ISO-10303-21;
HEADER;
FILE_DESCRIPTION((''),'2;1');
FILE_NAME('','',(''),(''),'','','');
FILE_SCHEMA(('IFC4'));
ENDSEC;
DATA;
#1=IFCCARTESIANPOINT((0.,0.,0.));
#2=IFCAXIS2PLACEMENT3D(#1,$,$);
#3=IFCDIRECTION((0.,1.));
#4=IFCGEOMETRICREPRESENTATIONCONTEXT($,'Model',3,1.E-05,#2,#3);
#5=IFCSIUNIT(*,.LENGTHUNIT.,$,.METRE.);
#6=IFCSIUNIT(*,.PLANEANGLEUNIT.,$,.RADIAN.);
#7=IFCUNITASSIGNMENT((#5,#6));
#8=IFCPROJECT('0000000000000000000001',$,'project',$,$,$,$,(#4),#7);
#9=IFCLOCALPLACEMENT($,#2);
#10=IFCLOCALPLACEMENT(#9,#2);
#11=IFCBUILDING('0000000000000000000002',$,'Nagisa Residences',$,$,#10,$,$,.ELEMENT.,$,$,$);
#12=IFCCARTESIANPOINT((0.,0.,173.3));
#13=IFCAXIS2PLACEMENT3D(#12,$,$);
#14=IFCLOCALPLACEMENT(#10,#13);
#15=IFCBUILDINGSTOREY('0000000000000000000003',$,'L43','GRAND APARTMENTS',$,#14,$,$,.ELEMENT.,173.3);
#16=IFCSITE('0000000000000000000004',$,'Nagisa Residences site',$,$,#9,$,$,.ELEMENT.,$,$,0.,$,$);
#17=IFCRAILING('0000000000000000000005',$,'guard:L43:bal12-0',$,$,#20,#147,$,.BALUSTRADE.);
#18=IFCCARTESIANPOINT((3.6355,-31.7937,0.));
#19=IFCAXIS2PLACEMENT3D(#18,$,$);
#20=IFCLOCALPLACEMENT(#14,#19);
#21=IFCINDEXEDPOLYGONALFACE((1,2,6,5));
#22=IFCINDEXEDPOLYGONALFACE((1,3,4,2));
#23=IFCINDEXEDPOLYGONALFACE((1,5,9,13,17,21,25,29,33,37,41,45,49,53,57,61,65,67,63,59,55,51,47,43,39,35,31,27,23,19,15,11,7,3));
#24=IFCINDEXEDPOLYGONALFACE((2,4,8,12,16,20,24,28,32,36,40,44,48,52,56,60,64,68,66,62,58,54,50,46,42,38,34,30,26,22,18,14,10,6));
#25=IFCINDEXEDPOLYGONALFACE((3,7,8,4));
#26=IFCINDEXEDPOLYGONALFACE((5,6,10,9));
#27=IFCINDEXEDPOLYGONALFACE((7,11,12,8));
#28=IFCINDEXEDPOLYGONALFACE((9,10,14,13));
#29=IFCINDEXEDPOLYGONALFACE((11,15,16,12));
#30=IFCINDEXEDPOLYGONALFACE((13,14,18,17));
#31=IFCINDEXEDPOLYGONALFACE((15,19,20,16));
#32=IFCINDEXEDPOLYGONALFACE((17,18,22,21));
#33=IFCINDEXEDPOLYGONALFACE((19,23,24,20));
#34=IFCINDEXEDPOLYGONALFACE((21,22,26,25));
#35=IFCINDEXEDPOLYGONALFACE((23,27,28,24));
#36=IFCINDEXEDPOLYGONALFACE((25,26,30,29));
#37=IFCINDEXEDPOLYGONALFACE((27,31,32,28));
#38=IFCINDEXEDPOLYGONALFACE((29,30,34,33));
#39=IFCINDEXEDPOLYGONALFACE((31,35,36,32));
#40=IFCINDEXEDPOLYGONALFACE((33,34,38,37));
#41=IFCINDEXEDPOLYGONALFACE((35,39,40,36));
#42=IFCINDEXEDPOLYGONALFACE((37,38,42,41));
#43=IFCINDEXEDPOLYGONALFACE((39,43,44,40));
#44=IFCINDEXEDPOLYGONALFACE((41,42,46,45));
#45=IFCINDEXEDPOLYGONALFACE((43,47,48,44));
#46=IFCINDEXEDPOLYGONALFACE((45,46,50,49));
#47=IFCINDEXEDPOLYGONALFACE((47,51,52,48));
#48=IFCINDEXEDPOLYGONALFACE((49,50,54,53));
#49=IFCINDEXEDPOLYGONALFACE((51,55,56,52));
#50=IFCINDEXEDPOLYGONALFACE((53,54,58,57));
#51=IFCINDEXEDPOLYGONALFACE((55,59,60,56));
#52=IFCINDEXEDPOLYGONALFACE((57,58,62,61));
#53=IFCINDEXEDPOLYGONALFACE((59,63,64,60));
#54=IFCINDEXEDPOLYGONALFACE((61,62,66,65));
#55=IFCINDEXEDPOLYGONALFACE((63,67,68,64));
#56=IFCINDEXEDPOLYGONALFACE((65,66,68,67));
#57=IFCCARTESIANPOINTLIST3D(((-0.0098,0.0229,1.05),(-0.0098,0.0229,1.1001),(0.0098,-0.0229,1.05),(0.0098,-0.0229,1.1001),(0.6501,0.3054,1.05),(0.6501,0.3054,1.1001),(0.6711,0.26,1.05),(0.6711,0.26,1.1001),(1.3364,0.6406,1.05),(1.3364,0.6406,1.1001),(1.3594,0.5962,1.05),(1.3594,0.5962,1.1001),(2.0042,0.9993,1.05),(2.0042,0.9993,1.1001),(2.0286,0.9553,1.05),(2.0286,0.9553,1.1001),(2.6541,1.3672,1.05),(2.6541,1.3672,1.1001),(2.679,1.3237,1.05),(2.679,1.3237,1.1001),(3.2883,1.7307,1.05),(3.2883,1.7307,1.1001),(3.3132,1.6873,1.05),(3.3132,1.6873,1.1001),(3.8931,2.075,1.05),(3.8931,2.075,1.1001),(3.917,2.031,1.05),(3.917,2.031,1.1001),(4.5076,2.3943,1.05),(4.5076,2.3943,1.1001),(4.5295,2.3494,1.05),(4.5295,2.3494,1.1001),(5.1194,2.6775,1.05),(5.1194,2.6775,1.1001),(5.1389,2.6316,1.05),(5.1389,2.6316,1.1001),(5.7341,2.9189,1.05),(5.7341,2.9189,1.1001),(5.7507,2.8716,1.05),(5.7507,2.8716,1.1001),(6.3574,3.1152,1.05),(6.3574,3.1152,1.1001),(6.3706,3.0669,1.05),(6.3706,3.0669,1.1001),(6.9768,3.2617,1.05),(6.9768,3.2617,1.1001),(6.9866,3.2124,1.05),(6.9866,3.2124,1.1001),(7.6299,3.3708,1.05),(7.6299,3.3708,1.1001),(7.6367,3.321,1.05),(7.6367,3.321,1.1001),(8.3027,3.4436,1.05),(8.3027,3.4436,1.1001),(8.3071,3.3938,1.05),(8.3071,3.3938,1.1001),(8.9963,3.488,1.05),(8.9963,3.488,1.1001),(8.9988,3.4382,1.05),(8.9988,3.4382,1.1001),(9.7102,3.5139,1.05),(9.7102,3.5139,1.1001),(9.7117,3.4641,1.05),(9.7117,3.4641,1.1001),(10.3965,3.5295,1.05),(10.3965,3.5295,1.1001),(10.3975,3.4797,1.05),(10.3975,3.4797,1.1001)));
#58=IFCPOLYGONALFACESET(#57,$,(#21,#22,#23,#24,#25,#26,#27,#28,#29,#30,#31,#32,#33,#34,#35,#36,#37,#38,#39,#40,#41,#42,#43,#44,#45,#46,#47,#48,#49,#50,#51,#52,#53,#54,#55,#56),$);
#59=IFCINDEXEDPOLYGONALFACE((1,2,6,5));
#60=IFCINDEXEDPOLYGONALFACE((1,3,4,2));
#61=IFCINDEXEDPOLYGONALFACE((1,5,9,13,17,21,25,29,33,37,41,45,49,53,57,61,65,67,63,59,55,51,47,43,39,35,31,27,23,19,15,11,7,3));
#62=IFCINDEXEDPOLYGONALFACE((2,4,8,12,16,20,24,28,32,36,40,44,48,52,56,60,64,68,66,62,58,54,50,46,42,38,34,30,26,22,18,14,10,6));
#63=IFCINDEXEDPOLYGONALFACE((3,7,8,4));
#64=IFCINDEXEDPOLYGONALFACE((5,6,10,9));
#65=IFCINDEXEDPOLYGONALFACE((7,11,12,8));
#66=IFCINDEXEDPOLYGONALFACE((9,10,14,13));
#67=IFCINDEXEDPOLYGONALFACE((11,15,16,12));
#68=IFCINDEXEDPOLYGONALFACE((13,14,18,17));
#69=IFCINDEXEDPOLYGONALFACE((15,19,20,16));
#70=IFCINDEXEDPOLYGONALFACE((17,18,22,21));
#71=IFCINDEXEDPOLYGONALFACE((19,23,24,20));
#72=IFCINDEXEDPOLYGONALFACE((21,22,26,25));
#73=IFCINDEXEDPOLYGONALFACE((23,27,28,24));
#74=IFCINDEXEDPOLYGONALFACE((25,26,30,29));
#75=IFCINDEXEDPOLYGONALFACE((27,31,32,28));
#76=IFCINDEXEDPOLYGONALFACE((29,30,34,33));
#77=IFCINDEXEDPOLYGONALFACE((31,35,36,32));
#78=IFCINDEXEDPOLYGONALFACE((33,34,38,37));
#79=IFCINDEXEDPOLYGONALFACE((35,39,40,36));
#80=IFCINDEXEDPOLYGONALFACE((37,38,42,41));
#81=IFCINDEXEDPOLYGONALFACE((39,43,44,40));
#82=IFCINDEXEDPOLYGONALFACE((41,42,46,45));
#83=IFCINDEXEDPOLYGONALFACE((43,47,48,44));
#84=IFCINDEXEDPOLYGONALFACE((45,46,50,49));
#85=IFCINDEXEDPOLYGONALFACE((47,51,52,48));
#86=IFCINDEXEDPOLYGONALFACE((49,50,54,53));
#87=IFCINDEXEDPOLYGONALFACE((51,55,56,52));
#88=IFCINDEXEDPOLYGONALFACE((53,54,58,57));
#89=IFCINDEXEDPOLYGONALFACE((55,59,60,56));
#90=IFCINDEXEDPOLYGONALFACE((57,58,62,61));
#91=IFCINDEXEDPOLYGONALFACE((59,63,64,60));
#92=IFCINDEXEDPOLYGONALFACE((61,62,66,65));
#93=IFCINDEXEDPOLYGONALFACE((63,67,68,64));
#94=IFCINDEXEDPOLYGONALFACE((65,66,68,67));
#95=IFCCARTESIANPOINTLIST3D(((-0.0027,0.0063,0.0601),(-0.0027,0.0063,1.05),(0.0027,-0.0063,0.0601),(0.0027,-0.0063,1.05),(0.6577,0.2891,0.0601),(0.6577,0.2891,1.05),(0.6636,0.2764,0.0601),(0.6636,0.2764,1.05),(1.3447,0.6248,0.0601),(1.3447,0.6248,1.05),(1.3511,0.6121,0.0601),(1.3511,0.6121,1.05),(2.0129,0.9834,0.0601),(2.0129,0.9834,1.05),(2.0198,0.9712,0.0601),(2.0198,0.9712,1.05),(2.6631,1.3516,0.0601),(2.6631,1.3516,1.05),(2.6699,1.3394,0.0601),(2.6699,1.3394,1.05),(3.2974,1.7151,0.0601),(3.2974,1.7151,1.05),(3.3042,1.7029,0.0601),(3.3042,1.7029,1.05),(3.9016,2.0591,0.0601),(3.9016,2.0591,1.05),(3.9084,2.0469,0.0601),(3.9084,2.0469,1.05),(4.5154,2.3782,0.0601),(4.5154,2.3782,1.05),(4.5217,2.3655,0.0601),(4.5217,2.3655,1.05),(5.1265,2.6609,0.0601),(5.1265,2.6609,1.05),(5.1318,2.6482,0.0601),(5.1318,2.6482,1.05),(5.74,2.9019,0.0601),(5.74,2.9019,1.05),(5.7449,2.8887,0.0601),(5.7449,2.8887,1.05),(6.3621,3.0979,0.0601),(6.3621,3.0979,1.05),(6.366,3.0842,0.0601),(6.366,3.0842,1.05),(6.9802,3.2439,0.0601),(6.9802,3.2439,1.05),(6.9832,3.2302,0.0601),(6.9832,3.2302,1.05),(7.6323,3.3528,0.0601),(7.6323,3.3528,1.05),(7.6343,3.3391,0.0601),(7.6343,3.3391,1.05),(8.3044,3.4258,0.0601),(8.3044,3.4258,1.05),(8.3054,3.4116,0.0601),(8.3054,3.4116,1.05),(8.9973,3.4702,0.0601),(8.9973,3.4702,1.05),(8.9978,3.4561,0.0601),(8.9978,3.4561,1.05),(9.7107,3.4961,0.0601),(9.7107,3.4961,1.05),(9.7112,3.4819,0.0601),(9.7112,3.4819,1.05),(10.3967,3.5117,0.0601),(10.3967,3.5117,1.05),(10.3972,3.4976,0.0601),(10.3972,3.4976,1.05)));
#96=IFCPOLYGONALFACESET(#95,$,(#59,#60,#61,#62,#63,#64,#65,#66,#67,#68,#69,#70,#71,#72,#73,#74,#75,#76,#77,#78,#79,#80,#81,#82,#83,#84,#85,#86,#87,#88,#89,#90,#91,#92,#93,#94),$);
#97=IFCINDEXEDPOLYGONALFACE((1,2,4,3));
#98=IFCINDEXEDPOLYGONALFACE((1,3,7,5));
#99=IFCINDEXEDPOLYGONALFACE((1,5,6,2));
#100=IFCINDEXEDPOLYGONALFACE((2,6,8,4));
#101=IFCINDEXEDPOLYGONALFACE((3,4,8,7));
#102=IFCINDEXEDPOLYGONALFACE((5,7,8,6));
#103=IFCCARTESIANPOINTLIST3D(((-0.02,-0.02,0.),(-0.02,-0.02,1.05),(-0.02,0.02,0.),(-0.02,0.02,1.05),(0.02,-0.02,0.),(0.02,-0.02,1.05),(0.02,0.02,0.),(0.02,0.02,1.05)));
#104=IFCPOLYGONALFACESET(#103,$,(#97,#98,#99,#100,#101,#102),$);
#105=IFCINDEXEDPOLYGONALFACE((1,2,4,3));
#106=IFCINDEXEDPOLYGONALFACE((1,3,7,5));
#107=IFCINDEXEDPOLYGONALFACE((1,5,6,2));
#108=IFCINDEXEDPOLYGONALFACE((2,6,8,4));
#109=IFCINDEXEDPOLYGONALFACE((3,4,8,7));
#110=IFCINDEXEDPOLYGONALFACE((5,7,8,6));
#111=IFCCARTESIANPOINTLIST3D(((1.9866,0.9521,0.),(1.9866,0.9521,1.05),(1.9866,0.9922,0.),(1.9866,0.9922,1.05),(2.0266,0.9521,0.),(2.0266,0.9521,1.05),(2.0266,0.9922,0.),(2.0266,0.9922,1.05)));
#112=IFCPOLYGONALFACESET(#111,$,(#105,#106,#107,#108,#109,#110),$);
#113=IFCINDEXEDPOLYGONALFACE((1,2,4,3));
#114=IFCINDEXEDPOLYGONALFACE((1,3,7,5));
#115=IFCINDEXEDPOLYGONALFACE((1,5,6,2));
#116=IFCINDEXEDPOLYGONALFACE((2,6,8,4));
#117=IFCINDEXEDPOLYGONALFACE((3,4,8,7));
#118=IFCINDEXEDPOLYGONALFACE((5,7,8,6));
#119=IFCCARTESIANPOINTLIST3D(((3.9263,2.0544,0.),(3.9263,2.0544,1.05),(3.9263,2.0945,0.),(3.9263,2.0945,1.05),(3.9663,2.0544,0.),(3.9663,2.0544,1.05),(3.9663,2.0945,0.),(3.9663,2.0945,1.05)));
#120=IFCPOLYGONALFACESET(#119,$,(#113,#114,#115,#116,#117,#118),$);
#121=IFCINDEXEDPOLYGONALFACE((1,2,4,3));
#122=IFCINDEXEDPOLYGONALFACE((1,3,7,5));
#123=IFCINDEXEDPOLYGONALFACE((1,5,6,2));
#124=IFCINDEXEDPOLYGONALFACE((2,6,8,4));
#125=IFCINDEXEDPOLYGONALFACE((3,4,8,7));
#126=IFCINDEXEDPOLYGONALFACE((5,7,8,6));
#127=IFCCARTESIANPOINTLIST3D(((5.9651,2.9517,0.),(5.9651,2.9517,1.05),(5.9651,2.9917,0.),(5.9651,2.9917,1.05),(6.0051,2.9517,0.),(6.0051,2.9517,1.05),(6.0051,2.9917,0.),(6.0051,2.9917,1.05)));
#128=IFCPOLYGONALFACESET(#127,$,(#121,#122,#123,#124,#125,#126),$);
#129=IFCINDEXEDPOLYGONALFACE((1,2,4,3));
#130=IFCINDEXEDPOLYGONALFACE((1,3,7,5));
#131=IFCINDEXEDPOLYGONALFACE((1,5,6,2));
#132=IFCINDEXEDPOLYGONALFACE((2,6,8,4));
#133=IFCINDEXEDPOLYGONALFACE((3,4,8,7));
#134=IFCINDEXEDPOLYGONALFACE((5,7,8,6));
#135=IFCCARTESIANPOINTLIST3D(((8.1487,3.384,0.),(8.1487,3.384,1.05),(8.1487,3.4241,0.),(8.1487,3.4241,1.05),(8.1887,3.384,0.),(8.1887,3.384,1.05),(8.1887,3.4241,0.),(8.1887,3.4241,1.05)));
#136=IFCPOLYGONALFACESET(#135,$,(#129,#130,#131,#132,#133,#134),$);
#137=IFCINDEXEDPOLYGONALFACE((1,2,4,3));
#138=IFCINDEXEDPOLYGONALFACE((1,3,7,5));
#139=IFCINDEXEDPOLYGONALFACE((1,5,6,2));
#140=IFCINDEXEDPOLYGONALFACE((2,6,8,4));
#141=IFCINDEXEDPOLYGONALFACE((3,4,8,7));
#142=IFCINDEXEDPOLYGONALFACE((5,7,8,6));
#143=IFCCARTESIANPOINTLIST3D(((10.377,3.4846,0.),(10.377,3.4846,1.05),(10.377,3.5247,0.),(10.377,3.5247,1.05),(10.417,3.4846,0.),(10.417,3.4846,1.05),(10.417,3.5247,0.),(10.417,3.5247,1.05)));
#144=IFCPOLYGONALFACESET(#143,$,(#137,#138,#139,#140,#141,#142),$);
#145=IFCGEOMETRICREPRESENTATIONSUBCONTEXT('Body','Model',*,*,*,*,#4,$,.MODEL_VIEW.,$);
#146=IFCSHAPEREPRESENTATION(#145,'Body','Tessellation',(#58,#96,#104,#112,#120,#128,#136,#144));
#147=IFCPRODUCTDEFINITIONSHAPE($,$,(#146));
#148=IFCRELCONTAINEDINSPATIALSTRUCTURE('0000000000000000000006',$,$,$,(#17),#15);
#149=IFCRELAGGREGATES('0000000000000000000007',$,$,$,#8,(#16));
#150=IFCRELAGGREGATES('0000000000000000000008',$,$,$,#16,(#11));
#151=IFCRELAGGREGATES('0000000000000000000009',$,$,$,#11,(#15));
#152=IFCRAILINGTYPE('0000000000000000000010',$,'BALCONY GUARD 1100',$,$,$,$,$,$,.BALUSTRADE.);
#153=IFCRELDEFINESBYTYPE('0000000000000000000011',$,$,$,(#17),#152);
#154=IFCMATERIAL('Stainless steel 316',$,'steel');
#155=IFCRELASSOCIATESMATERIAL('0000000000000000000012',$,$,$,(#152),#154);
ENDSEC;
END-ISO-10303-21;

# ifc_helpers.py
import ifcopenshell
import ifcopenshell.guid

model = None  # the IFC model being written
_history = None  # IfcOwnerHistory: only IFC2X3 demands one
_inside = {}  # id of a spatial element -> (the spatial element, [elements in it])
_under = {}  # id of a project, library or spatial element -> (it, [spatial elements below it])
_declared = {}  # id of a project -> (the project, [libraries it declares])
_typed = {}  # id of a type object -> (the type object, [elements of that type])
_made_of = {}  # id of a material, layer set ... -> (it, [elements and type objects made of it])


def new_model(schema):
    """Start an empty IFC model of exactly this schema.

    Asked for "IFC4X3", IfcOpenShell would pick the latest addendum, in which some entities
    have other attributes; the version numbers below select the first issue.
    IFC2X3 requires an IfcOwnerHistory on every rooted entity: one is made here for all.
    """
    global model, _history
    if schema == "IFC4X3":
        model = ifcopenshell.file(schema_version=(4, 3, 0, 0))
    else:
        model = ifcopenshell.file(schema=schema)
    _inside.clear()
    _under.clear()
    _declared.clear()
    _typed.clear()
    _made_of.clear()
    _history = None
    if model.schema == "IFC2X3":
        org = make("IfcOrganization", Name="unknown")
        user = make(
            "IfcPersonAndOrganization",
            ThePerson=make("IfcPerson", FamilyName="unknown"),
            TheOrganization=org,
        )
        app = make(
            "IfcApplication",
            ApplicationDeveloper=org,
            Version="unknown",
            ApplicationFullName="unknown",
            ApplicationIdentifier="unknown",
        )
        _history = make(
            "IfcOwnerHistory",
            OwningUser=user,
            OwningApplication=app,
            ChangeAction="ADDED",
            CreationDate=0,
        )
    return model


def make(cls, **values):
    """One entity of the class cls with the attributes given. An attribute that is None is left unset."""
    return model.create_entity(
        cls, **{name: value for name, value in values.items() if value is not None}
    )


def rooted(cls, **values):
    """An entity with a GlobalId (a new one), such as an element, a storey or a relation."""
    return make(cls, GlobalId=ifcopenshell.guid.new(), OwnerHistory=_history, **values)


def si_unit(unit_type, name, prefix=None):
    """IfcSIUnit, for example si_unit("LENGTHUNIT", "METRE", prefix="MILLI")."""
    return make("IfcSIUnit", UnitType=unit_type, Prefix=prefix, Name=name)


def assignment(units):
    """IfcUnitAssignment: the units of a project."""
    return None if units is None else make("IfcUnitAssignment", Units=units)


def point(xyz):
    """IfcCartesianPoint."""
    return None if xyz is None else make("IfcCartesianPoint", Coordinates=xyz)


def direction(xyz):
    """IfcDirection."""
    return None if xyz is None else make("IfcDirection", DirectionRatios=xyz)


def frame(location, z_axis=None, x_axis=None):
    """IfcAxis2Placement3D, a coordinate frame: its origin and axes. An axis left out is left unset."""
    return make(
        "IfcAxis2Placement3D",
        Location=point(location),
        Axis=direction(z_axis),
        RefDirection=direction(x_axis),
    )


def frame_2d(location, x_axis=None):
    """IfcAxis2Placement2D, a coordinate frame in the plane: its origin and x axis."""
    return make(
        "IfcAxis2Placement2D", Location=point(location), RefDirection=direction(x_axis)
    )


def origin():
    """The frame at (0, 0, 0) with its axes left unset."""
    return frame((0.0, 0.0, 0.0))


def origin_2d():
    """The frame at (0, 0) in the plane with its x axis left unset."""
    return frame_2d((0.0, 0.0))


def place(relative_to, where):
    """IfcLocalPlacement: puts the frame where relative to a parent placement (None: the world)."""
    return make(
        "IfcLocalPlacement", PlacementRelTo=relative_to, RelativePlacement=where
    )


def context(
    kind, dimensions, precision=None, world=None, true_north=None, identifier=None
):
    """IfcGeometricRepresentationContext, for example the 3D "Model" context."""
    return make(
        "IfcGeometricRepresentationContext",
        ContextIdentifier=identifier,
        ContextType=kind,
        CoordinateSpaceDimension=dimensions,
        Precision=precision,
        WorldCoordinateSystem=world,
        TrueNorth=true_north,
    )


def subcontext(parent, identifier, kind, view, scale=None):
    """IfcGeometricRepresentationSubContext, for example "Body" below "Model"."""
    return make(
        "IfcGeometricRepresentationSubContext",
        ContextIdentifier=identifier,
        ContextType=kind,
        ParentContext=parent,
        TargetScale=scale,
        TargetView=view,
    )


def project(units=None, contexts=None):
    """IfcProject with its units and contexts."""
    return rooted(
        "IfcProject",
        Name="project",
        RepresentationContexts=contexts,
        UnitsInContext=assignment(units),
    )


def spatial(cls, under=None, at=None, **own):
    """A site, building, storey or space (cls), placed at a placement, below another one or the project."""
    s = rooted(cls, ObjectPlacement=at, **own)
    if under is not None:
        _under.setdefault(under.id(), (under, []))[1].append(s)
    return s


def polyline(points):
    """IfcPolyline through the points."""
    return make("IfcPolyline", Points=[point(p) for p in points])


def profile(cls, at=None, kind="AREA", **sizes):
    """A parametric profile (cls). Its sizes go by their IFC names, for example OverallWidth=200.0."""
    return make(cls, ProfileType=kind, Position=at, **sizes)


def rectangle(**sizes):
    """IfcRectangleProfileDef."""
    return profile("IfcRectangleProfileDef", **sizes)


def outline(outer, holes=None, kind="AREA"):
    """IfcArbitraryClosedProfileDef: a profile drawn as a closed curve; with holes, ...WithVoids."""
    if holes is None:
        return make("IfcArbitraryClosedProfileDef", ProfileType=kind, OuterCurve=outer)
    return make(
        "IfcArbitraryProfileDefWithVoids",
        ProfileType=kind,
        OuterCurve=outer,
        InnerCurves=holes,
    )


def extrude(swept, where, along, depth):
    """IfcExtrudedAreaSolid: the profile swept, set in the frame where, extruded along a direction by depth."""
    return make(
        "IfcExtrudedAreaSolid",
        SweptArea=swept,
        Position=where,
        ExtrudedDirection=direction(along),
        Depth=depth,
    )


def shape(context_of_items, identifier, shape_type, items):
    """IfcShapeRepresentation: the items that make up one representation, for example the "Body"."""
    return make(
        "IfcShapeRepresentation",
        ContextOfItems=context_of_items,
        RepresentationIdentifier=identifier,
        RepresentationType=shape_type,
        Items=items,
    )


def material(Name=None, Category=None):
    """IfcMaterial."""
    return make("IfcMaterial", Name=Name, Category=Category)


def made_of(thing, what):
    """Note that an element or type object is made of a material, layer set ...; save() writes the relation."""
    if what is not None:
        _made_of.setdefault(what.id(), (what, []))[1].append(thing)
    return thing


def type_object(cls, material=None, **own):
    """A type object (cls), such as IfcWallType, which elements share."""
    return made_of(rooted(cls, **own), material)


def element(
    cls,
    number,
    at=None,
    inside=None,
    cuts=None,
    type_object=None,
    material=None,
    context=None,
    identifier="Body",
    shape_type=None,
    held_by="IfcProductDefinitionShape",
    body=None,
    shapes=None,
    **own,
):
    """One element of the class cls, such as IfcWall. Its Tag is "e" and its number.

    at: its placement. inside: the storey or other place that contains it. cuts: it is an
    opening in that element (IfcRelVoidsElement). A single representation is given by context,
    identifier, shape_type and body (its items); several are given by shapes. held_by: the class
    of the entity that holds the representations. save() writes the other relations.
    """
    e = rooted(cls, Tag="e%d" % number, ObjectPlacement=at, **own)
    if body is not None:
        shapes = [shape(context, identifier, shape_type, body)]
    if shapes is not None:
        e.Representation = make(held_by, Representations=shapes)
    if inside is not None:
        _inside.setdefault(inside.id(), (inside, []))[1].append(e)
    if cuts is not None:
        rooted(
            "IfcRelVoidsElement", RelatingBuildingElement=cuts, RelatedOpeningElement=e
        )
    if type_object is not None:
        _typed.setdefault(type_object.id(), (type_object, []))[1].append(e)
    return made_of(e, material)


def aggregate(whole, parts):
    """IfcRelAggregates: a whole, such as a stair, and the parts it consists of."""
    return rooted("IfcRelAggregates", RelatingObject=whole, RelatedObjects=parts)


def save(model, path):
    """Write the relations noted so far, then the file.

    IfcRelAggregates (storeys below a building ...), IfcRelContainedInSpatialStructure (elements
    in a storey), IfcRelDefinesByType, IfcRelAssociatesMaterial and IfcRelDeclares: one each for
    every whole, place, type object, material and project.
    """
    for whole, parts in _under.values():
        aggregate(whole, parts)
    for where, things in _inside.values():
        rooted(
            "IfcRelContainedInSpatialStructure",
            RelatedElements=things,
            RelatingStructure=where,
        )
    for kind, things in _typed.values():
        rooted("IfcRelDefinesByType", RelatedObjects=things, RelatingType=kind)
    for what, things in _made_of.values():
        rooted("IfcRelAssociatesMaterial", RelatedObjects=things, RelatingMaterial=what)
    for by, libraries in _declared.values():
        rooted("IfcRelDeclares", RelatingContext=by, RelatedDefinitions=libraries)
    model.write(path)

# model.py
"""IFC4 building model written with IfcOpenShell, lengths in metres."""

from ifc_helpers import new_model, si_unit, direction, frame, origin, origin_2d, place, context, subcontext, project, spatial, polyline, rectangle, outline, extrude, material, type_object, element, save


model = new_model("IFC4")

# Units and contexts
model_context = context("Model", 3, precision=1e-05, world=origin(), true_north=direction((0.0, 1.0)))
body_context = subcontext(model_context, "Body", "Model", "MODEL_VIEW")
ifc_project = project(units=[si_unit("LENGTHUNIT", "METRE"), si_unit("PLANEANGLEUNIT", "RADIAN")], contexts=[model_context])

# Site, building, storey
site_placement = place(None, origin())
site = spatial("IfcSite", under=ifc_project, at=site_placement, Name="Nagisa Residences site", CompositionType="ELEMENT", RefElevation=0.0)
building_placement = place(site_placement, origin())
building = spatial("IfcBuilding", under=site, at=building_placement, Name="Nagisa Residences", CompositionType="ELEMENT")
storey_placement = place(building_placement, frame((0.0, 0.0, 173.3)))
storey = spatial("IfcBuildingStorey", under=building, at=storey_placement, Name="L43", Description="GRAND APARTMENTS", CompositionType="ELEMENT", Elevation=173.3)

# Railing
ifc_material_1 = material(Name="Stainless steel 316", Category="steel")
railing_type = type_object("IfcRailingType", Name="BALCONY GUARD 1100", PredefinedType="BALUSTRADE", material=ifc_material_1)
railing_placement = place(storey_placement, frame((3.6355, -31.7937, 0.0)))
element("IfcRailing", 1, at=railing_placement, inside=storey, type_object=railing_type, Name="guard:L43:bal12-0", PredefinedType="BALUSTRADE", context=body_context, shape_type="SweptSolid", body=[
    extrude(outline(polyline([(0.6501, 0.3054), (-0.0098, 0.0229), (0.0098, -0.0229), (0.6711, 0.26), (1.3594, 0.5962), (2.0286, 0.9553), (2.679, 1.3237), (3.3132, 1.6873), (3.917, 2.031), (4.5295, 2.3494), (5.1389, 2.6316), (5.7507, 2.8716), (6.3706, 3.0669), (6.9866, 3.2124), (7.6367, 3.321), (8.3071, 3.3938), (8.9988, 3.4382), (9.7117, 3.4641), (10.3975, 3.4797), (10.3965, 3.5295), (9.7102, 3.5139), (8.9963, 3.488), (8.3027, 3.4436), (7.6299, 3.3708), (6.9768, 3.2617), (6.3574, 3.1152), (5.7341, 2.9189), (5.1194, 2.6775), (4.5076, 2.3943), (3.8931, 2.075), (3.2883, 1.7307), (2.6541, 1.3672), (2.0042, 0.9993), (1.3364, 0.6406), (0.6501, 0.3054)])), frame((0.0, 0.0, 1.05)), (0.0, 0.0, 1.0), 0.05),
    extrude(outline(polyline([(0.6577, 0.2891), (-0.0027, 0.0063), (0.0027, -0.0063), (0.6636, 0.2764), (1.3511, 0.6121), (2.0198, 0.9712), (2.6699, 1.3394), (3.3042, 1.7029), (3.9084, 2.0469), (4.5217, 2.3655), (5.1318, 2.6482), (5.7449, 2.8887), (6.366, 3.0842), (6.9832, 3.2302), (7.6343, 3.3391), (8.3054, 3.4116), (8.9978, 3.4561), (9.7112, 3.4819), (10.3972, 3.4976), (10.3967, 3.5117), (9.7107, 3.4961), (8.9973, 3.4702), (8.3044, 3.4258), (7.6323, 3.3528), (6.9802, 3.2439), (6.3621, 3.0979), (5.74, 2.9019), (5.1265, 2.6609), (4.5154, 2.3782), (3.9016, 2.0591), (3.2974, 1.7151), (2.6631, 1.3516), (2.0129, 0.9834), (1.3447, 0.6248), (0.6577, 0.2891)])), frame((0.0, 0.0, 0.0601)), (0.0, 0.0, 1.0), 0.99),
    extrude(rectangle(XDim=0.04, YDim=0.04, at=origin_2d()), origin(), (0.0, 0.0, 1.0), 1.05),
    extrude(rectangle(XDim=0.04, YDim=0.04, at=origin_2d()), frame((2.0066, 0.9722, 0.0)), (0.0, 0.0, 1.0), 1.05),
    extrude(rectangle(XDim=0.04, YDim=0.04, at=origin_2d()), frame((3.9463, 2.0745, 0.0)), (0.0, 0.0, 1.0), 1.05),
    extrude(rectangle(XDim=0.04, YDim=0.04, at=origin_2d()), frame((5.9851, 2.9717, 0.0)), (0.0, 0.0, 1.0), 1.05),
    extrude(rectangle(XDim=0.04, YDim=0.04, at=origin_2d()), frame((8.1687, 3.4041, 0.0)), (0.0, 0.0, 1.0), 1.05),
    extrude(rectangle(XDim=0.04, YDim=0.04, at=origin_2d()), frame((10.397, 3.5046, 0.0)), (0.0, 0.0, 1.0), 1.05),
])

save(model, "model.ifc")
